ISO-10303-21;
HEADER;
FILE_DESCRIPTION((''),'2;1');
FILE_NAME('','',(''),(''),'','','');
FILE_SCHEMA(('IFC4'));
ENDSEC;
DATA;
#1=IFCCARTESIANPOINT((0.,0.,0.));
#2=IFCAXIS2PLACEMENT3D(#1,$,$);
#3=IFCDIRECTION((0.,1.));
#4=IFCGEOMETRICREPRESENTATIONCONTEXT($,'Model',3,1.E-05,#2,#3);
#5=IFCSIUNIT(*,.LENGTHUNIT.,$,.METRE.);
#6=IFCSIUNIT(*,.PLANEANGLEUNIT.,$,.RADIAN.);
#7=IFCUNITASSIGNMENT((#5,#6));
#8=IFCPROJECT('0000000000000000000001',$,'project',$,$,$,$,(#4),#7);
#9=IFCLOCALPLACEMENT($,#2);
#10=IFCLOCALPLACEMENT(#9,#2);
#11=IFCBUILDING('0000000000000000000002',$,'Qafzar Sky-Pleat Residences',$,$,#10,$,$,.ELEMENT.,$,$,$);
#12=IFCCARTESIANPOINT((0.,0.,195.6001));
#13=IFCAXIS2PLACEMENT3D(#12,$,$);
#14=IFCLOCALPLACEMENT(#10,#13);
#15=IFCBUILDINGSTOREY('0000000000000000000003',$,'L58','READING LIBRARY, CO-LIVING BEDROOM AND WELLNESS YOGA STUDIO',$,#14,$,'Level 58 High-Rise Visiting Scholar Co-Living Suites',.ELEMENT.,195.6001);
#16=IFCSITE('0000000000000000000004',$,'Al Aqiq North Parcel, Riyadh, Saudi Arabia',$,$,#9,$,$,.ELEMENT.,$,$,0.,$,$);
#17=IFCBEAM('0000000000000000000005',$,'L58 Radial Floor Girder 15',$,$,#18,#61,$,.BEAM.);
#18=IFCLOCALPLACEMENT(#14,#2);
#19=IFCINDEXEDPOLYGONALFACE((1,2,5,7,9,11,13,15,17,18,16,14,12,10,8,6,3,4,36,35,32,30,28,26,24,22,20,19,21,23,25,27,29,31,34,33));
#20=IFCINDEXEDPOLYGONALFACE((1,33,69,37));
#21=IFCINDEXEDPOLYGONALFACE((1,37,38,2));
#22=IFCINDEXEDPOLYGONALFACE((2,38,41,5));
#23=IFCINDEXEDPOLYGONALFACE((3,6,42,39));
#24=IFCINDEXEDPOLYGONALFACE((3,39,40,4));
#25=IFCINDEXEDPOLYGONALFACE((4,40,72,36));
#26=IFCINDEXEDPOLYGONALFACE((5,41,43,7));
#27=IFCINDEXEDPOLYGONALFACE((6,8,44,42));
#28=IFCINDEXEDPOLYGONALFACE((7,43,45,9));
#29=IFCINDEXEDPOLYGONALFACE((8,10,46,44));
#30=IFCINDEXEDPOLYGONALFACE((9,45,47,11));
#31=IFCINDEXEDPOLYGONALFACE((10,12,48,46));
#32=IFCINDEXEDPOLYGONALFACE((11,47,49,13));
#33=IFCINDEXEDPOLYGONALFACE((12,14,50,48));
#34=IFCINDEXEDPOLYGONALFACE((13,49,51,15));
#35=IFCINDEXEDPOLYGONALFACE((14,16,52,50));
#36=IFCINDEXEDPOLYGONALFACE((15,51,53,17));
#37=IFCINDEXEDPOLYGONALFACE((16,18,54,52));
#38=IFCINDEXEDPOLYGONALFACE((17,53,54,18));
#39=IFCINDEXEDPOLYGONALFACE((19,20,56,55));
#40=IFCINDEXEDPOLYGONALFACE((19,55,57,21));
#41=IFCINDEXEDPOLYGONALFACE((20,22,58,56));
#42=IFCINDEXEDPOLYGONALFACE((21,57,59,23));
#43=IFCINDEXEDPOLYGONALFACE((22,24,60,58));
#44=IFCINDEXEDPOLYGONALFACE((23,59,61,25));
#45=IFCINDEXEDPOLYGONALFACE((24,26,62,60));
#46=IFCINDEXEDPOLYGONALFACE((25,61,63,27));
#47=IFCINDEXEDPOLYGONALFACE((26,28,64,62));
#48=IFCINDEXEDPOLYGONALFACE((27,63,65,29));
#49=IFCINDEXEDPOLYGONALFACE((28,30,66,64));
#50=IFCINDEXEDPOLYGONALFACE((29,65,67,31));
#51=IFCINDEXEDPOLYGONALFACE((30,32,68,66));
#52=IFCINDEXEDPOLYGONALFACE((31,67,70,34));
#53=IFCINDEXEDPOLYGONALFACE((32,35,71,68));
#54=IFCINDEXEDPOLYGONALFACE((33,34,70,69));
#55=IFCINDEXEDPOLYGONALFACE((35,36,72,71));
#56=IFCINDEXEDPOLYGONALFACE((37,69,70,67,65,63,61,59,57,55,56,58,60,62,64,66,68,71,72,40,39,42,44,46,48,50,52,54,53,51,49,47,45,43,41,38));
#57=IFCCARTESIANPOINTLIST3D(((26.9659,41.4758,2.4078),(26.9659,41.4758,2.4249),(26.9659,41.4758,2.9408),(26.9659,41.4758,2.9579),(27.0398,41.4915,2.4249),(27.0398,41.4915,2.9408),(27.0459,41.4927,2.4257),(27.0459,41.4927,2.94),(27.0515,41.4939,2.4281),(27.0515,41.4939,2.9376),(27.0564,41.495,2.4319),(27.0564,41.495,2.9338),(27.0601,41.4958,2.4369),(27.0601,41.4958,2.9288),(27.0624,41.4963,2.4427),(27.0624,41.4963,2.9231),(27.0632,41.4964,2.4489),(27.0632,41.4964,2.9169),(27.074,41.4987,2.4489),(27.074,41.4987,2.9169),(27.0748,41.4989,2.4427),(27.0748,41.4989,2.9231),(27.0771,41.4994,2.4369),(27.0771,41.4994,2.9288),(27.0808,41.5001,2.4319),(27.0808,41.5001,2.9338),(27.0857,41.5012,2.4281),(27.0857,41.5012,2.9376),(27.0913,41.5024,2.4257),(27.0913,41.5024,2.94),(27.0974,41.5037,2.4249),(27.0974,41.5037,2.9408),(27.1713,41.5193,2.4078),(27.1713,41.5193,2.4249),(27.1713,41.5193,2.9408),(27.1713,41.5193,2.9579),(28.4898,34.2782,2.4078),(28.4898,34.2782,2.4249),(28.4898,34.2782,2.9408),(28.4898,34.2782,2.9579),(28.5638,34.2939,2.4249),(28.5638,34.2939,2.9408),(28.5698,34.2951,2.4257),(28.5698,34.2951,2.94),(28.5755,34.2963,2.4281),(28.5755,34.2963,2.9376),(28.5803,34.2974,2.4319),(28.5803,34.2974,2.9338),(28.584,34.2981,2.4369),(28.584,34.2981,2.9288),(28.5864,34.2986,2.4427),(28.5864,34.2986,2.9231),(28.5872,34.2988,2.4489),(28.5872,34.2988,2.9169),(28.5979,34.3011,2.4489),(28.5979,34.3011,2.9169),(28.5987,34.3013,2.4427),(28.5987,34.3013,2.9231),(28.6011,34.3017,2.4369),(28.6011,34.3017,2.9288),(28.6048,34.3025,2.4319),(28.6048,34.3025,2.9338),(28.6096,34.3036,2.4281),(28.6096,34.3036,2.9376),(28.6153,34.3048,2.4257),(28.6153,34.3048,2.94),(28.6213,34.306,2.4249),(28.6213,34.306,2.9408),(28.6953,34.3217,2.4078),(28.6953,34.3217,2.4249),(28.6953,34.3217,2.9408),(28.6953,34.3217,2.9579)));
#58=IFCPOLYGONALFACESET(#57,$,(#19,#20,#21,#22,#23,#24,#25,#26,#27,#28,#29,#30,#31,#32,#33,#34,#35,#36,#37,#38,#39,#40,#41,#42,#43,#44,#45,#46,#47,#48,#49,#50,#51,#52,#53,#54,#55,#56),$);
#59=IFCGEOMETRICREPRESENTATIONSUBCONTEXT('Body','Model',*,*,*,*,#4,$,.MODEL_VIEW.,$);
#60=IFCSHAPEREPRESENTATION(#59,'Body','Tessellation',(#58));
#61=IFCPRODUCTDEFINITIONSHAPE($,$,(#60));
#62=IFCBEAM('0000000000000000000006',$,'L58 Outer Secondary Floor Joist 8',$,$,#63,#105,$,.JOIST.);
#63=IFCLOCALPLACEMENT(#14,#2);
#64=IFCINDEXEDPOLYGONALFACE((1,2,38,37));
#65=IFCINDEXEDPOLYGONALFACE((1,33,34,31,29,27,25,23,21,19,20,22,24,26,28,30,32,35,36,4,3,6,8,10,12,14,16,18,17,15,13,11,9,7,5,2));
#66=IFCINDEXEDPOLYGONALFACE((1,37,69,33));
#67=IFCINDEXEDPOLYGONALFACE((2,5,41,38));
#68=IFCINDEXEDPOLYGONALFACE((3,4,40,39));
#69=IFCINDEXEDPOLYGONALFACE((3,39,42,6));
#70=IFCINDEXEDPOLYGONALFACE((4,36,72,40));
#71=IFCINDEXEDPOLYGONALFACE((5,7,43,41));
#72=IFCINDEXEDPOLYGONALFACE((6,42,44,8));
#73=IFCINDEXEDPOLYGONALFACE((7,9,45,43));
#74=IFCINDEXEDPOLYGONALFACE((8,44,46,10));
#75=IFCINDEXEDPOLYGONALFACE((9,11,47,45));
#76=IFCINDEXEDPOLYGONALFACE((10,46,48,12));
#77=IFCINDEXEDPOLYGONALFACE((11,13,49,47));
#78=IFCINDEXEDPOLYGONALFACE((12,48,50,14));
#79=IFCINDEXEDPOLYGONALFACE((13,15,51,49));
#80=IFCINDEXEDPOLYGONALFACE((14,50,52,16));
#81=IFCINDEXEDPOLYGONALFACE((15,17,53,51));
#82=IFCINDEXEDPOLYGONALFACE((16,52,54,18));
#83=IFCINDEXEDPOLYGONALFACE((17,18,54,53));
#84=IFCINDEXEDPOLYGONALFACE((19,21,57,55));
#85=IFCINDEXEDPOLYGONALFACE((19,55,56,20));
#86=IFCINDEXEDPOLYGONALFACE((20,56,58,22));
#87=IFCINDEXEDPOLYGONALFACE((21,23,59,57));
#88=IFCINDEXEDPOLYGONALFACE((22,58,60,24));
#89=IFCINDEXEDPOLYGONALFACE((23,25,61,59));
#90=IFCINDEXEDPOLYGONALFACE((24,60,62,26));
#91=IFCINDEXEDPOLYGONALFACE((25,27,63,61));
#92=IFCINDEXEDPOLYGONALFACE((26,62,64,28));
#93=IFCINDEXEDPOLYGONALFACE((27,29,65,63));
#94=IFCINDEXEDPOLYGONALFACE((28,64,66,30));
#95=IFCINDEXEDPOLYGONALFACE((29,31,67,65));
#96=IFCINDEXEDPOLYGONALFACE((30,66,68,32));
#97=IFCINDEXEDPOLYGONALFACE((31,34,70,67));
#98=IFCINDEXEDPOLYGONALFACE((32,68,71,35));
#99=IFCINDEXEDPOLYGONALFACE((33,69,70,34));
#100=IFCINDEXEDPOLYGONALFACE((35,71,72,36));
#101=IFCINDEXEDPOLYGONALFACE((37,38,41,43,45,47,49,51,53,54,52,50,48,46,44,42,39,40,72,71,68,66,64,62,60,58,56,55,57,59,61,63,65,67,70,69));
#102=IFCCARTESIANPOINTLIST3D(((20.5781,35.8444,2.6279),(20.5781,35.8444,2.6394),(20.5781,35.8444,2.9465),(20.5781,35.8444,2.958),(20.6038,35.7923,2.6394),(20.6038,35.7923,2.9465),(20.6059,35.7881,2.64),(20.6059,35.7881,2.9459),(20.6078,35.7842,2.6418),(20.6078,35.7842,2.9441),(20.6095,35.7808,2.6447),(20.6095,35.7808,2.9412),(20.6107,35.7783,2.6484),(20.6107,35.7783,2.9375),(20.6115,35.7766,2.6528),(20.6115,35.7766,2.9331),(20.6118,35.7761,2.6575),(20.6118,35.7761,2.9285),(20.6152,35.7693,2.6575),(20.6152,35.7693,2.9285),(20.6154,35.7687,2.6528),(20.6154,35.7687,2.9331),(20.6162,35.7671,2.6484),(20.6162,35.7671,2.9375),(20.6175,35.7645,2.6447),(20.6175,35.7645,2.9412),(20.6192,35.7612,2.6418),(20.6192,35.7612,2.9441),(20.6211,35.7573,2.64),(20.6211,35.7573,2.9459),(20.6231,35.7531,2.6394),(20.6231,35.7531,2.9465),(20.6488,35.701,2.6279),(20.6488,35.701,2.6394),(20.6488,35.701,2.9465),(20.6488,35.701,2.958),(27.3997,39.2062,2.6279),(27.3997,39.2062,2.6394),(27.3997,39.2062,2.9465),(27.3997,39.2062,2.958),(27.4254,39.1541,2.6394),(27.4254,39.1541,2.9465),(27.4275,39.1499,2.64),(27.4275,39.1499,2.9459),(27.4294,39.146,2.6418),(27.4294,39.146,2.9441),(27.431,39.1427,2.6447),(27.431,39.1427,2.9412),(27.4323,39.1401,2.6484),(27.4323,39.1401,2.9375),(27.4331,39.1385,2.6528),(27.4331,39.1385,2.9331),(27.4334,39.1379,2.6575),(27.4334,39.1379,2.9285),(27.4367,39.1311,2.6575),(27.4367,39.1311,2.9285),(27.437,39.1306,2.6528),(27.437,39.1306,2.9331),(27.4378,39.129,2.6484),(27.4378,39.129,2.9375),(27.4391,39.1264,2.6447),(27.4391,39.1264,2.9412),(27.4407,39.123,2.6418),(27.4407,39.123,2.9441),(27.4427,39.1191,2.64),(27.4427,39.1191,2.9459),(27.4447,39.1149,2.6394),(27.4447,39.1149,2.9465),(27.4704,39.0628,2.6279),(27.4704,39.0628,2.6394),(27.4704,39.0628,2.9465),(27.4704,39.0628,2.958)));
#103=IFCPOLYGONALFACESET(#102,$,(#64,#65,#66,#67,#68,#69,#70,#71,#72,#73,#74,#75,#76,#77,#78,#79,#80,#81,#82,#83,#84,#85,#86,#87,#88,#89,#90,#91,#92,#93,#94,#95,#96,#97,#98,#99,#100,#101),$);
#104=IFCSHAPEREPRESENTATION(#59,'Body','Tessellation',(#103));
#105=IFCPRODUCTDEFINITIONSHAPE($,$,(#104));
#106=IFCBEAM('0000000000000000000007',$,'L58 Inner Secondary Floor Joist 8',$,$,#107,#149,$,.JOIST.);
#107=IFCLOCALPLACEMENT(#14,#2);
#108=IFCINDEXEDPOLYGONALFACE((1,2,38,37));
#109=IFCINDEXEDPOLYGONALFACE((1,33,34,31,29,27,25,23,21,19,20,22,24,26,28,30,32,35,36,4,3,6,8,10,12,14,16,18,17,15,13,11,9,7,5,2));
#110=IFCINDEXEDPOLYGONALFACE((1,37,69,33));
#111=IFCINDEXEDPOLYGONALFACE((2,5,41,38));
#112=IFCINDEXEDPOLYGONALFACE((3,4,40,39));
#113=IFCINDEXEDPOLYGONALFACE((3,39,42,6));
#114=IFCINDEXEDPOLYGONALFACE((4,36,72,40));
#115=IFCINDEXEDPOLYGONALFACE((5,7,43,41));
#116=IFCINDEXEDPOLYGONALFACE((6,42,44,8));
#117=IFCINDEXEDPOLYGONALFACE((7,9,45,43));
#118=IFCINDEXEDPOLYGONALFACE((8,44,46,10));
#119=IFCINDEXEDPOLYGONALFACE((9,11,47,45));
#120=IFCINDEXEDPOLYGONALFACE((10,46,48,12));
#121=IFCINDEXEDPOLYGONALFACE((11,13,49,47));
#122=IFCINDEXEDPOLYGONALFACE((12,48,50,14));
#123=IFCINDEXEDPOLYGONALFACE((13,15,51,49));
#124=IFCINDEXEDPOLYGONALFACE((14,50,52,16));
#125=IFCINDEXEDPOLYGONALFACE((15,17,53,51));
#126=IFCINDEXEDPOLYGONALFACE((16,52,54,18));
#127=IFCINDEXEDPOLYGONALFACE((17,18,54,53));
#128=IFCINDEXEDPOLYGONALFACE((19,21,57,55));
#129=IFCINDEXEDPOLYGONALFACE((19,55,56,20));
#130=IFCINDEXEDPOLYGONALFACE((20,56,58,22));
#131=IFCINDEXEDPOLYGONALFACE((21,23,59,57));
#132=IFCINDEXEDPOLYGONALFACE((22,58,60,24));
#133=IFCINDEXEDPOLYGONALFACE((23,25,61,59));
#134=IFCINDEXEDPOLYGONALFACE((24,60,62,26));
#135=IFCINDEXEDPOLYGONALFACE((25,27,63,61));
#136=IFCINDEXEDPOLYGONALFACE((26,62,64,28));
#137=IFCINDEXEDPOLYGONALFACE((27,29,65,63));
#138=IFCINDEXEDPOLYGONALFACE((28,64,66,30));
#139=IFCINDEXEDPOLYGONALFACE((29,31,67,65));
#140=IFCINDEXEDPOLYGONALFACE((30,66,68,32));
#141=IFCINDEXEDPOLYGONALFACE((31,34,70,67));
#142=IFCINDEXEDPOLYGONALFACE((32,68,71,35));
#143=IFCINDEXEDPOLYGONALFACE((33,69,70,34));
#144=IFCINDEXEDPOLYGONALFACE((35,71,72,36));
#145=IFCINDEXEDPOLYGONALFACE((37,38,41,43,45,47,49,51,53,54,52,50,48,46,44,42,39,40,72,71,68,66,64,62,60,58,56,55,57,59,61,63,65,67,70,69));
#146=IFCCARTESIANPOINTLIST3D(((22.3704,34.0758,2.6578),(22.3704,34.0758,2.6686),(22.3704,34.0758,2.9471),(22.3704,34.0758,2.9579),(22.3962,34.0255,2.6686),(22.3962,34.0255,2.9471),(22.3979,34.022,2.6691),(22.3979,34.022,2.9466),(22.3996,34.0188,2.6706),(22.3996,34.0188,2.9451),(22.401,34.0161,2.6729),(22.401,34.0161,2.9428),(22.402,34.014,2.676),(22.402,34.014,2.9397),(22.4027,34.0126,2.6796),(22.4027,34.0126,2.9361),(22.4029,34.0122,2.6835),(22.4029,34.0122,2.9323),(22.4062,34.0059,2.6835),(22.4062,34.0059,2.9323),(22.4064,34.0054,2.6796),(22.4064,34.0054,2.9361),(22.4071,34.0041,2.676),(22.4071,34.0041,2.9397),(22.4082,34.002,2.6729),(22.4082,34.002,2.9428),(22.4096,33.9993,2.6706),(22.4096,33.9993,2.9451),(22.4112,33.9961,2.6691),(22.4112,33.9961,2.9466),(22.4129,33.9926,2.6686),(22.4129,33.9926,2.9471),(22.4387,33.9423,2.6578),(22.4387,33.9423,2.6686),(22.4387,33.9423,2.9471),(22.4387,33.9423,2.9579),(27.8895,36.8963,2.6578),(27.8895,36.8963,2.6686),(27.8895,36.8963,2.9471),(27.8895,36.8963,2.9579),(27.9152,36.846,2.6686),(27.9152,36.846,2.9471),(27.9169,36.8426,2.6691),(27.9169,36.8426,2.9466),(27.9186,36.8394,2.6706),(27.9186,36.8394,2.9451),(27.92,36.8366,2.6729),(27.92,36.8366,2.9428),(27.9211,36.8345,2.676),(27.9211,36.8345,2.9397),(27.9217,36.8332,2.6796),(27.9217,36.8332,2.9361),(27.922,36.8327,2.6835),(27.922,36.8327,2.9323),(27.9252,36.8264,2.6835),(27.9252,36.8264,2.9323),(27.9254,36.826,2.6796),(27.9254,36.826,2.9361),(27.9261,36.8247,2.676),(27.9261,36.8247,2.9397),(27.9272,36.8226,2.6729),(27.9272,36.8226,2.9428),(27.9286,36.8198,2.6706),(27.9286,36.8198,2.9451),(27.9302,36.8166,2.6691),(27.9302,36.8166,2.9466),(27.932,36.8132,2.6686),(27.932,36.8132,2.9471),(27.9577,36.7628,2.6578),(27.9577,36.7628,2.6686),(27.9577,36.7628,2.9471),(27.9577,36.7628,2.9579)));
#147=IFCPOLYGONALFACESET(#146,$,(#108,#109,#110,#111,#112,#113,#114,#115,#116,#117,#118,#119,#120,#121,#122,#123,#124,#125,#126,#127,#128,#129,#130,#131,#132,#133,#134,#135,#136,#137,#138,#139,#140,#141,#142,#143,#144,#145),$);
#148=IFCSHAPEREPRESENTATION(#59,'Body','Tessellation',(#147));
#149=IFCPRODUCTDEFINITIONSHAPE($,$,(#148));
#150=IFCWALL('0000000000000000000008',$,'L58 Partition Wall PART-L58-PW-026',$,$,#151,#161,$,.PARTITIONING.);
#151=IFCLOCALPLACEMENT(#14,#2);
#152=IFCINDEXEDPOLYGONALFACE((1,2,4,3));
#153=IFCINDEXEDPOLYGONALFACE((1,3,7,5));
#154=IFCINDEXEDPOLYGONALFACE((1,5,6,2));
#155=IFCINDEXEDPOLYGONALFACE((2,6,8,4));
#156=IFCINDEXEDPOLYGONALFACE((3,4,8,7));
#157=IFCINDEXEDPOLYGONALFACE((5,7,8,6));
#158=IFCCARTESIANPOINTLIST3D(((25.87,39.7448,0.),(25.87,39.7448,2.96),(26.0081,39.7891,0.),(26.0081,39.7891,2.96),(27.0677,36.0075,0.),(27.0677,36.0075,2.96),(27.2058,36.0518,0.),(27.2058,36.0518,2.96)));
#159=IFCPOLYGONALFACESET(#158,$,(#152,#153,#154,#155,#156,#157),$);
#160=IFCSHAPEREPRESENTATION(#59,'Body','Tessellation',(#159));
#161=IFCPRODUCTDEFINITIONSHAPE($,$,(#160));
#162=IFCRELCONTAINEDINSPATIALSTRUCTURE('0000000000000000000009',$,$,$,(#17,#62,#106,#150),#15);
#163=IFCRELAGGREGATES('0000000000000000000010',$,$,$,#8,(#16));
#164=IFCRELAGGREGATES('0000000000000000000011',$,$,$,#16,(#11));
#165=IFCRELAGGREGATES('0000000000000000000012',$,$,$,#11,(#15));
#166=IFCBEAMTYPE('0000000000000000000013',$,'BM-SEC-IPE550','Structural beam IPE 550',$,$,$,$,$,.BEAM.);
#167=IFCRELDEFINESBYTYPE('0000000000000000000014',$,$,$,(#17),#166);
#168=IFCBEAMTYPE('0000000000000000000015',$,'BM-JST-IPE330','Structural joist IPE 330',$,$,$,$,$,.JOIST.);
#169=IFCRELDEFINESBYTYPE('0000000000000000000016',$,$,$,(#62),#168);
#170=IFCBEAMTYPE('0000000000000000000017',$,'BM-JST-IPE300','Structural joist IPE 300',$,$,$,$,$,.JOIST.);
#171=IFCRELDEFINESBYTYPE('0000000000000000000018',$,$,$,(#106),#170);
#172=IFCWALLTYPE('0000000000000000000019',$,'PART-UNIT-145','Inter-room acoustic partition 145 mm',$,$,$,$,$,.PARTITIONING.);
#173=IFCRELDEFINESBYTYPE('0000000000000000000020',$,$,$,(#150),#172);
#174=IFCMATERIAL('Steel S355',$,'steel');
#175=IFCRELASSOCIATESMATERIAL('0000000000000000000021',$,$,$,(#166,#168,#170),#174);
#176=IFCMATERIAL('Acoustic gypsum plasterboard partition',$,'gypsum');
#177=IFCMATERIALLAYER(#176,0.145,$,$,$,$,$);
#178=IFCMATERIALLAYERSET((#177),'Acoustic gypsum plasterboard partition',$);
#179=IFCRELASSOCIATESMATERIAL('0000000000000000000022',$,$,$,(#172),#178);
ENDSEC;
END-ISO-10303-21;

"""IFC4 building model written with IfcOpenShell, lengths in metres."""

from ifc_helpers import new_model, si_unit, direction, frame, frame_2d, origin, origin_2d, place, context, subcontext, project, spatial, rectangle, i_section, extrude, source, transform, mapped, material, layer, layer_set, material_profile, profile_set, type_object, element, save


model = new_model("IFC4")

# Units and contexts
model_context = context("Model", 3, precision=1e-05, world=origin(), true_north=direction((0.0, 1.0)))
body_context = subcontext(model_context, "Body", "Model", "MODEL_VIEW")
ifc_project = project(units=[si_unit("LENGTHUNIT", "METRE"), si_unit("PLANEANGLEUNIT", "RADIAN")], contexts=[model_context])

# Site, building, storey
site_placement = place(None, origin())
site = spatial("IfcSite", under=ifc_project, at=site_placement, Name="Al Aqiq North Parcel, Riyadh, Saudi Arabia", CompositionType="ELEMENT", RefElevation=0.0)
building_placement = place(site_placement, origin())
building = spatial("IfcBuilding", under=site, at=building_placement, Name="Qafzar Sky-Pleat Residences", CompositionType="ELEMENT")
storey_placement = place(building_placement, frame((0.0, 0.0, 195.6001)))
storey = spatial("IfcBuildingStorey", under=building, at=storey_placement, Name="L58", Description="READING LIBRARY, CO-LIVING BEDROOM AND WELLNESS YOGA STUDIO", LongName="Level 58 High-Rise Visiting Scholar Co-Living Suites", CompositionType="ELEMENT", Elevation=195.6001)

# Shared definitions
ifc_material_1 = material(Name="Steel S355", Category="steel")

# Beams
ifc_material_profile_1 = material_profile(ifc_material_1, i_section(OverallWidth=0.21, OverallDepth=0.55, WebThickness=0.011, FlangeThickness=0.0171, FilletRadius=0.0239, at=origin_2d()), Name="IPE 550")
ifc_profile_set_1 = profile_set([ifc_material_profile_1], Name="Steel S355")
beam_type_1 = type_object("IfcBeamType", Name="BM-SEC-IPE550", Description="Structural beam IPE 550", PredefinedType="BEAM", material=ifc_profile_set_1)
shared_shape_1 = source(origin(), body_context, "Body", "SweptSolid", [
    extrude(i_section(OverallWidth=0.21, OverallDepth=0.55, WebThickness=0.011, FlangeThickness=0.0171, FilletRadius=0.0239, at=origin_2d()), origin(), (0.0, 0.0, 1.0), 7.3572),
])
beam_1_placement = place(storey_placement, frame((27.0686, 41.4976, 2.6829), z_axis=(0.207138, -0.978312, 0.0), x_axis=(0.978312, 0.207138, 0.0)))
element("IfcBeam", 1, at=beam_1_placement, inside=storey, type_object=beam_type_1, Name="L58 Radial Floor Girder 15", PredefinedType="BEAM", context=body_context, shape_type="MappedRepresentation", body=[
    mapped(shared_shape_1, transform((0.0, 0.0, 0.0), x_axis=(1.0, 0.0, 0.0), y_axis=(0.0, 1.0, 0.0), z_axis=(0.0, 0.0, 1.0), scale=1.0)),
])
ifc_material_profile_2 = material_profile(ifc_material_1, i_section(OverallWidth=0.1599, OverallDepth=0.3301, WebThickness=0.0076, FlangeThickness=0.0115, FilletRadius=0.0181, at=origin_2d()), Name="IPE 330")
ifc_profile_set_2 = profile_set([ifc_material_profile_2], Name="Steel S355")
beam_type_2 = type_object("IfcBeamType", Name="BM-JST-IPE330", Description="Structural joist IPE 330", PredefinedType="JOIST", material=ifc_profile_set_2)
shared_shape_2 = source(origin(), body_context, "Body", "SweptSolid", [
    extrude(i_section(OverallWidth=0.1599, OverallDepth=0.3301, WebThickness=0.0076, FlangeThickness=0.0115, FilletRadius=0.0181, at=origin_2d()), origin(), (0.0, 0.0, 1.0), 7.605),
])
beam_2_placement = place(storey_placement, frame((27.4351, 39.1345, 2.793), z_axis=(-0.896987, -0.442057, 0.0), x_axis=(0.442057, -0.896987, 0.0)))
element("IfcBeam", 2, at=beam_2_placement, inside=storey, type_object=beam_type_2, Name="L58 Outer Secondary Floor Joist 8", PredefinedType="JOIST", context=body_context, shape_type="MappedRepresentation", body=[
    mapped(shared_shape_2, transform((0.0, 0.0, 0.0), x_axis=(1.0, 0.0, 0.0), y_axis=(0.0, 1.0, 0.0), z_axis=(0.0, 0.0, 1.0), scale=1.0)),
])
ifc_material_profile_3 = material_profile(ifc_material_1, i_section(OverallWidth=0.1499, OverallDepth=0.3, WebThickness=0.0071, FlangeThickness=0.0107, FilletRadius=0.0149, at=origin_2d()), Name="IPE 300")
ifc_profile_set_3 = profile_set([ifc_material_profile_3], Name="Steel S355")
beam_type_3 = type_object("IfcBeamType", Name="BM-JST-IPE300", Description="Structural joist IPE 300", PredefinedType="JOIST", material=ifc_profile_set_3)
shared_shape_3 = source(origin(), body_context, "Body", "SweptSolid", [
    extrude(i_section(OverallWidth=0.1499, OverallDepth=0.3, WebThickness=0.0071, FlangeThickness=0.0107, FilletRadius=0.0149, at=origin_2d()), origin(), (0.0, 0.0, 1.0), 6.198),
])
beam_3_placement = place(storey_placement, frame((27.9236, 36.8296, 2.8079), z_axis=(-0.890453, -0.455074, 0.0), x_axis=(0.455074, -0.890453, 0.0)))
element("IfcBeam", 3, at=beam_3_placement, inside=storey, type_object=beam_type_3, Name="L58 Inner Secondary Floor Joist 8", PredefinedType="JOIST", context=body_context, shape_type="MappedRepresentation", body=[
    mapped(shared_shape_3, transform((0.0, 0.0, 0.0), x_axis=(1.0, 0.0, 0.0), y_axis=(0.0, 1.0, 0.0), z_axis=(0.0, 0.0, 1.0), scale=1.0)),
])

# Wall
ifc_material_2 = material(Name="Acoustic gypsum plasterboard partition", Category="gypsum")
ifc_layer_1 = layer(ifc_material_2, 0.145)
ifc_layer_set_1 = layer_set([ifc_layer_1], Name="Acoustic gypsum plasterboard partition")
wall_type_1 = type_object("IfcWallType", Name="PART-UNIT-145", Description="Inter-room acoustic partition 145 mm", PredefinedType="PARTITIONING", material=ifc_layer_set_1)
wall_1_placement = place(storey_placement, frame((25.939, 39.7671, 0.0), z_axis=(0.0, 0.0, 1.0), x_axis=(0.305196, -0.95229, 0.0)))
element("IfcWall", 4, at=wall_1_placement, inside=storey, type_object=wall_type_1, Name="L58 Partition Wall PART-L58-PW-026", PredefinedType="PARTITIONING", context=body_context, shape_type="SweptSolid", body=[
    extrude(rectangle(XDim=3.9246, YDim=0.145, at=frame_2d((1.9624, 0.0))), origin(), (0.0, 0.0, 1.0), 2.96),
])

save(model, "model.ifc")
